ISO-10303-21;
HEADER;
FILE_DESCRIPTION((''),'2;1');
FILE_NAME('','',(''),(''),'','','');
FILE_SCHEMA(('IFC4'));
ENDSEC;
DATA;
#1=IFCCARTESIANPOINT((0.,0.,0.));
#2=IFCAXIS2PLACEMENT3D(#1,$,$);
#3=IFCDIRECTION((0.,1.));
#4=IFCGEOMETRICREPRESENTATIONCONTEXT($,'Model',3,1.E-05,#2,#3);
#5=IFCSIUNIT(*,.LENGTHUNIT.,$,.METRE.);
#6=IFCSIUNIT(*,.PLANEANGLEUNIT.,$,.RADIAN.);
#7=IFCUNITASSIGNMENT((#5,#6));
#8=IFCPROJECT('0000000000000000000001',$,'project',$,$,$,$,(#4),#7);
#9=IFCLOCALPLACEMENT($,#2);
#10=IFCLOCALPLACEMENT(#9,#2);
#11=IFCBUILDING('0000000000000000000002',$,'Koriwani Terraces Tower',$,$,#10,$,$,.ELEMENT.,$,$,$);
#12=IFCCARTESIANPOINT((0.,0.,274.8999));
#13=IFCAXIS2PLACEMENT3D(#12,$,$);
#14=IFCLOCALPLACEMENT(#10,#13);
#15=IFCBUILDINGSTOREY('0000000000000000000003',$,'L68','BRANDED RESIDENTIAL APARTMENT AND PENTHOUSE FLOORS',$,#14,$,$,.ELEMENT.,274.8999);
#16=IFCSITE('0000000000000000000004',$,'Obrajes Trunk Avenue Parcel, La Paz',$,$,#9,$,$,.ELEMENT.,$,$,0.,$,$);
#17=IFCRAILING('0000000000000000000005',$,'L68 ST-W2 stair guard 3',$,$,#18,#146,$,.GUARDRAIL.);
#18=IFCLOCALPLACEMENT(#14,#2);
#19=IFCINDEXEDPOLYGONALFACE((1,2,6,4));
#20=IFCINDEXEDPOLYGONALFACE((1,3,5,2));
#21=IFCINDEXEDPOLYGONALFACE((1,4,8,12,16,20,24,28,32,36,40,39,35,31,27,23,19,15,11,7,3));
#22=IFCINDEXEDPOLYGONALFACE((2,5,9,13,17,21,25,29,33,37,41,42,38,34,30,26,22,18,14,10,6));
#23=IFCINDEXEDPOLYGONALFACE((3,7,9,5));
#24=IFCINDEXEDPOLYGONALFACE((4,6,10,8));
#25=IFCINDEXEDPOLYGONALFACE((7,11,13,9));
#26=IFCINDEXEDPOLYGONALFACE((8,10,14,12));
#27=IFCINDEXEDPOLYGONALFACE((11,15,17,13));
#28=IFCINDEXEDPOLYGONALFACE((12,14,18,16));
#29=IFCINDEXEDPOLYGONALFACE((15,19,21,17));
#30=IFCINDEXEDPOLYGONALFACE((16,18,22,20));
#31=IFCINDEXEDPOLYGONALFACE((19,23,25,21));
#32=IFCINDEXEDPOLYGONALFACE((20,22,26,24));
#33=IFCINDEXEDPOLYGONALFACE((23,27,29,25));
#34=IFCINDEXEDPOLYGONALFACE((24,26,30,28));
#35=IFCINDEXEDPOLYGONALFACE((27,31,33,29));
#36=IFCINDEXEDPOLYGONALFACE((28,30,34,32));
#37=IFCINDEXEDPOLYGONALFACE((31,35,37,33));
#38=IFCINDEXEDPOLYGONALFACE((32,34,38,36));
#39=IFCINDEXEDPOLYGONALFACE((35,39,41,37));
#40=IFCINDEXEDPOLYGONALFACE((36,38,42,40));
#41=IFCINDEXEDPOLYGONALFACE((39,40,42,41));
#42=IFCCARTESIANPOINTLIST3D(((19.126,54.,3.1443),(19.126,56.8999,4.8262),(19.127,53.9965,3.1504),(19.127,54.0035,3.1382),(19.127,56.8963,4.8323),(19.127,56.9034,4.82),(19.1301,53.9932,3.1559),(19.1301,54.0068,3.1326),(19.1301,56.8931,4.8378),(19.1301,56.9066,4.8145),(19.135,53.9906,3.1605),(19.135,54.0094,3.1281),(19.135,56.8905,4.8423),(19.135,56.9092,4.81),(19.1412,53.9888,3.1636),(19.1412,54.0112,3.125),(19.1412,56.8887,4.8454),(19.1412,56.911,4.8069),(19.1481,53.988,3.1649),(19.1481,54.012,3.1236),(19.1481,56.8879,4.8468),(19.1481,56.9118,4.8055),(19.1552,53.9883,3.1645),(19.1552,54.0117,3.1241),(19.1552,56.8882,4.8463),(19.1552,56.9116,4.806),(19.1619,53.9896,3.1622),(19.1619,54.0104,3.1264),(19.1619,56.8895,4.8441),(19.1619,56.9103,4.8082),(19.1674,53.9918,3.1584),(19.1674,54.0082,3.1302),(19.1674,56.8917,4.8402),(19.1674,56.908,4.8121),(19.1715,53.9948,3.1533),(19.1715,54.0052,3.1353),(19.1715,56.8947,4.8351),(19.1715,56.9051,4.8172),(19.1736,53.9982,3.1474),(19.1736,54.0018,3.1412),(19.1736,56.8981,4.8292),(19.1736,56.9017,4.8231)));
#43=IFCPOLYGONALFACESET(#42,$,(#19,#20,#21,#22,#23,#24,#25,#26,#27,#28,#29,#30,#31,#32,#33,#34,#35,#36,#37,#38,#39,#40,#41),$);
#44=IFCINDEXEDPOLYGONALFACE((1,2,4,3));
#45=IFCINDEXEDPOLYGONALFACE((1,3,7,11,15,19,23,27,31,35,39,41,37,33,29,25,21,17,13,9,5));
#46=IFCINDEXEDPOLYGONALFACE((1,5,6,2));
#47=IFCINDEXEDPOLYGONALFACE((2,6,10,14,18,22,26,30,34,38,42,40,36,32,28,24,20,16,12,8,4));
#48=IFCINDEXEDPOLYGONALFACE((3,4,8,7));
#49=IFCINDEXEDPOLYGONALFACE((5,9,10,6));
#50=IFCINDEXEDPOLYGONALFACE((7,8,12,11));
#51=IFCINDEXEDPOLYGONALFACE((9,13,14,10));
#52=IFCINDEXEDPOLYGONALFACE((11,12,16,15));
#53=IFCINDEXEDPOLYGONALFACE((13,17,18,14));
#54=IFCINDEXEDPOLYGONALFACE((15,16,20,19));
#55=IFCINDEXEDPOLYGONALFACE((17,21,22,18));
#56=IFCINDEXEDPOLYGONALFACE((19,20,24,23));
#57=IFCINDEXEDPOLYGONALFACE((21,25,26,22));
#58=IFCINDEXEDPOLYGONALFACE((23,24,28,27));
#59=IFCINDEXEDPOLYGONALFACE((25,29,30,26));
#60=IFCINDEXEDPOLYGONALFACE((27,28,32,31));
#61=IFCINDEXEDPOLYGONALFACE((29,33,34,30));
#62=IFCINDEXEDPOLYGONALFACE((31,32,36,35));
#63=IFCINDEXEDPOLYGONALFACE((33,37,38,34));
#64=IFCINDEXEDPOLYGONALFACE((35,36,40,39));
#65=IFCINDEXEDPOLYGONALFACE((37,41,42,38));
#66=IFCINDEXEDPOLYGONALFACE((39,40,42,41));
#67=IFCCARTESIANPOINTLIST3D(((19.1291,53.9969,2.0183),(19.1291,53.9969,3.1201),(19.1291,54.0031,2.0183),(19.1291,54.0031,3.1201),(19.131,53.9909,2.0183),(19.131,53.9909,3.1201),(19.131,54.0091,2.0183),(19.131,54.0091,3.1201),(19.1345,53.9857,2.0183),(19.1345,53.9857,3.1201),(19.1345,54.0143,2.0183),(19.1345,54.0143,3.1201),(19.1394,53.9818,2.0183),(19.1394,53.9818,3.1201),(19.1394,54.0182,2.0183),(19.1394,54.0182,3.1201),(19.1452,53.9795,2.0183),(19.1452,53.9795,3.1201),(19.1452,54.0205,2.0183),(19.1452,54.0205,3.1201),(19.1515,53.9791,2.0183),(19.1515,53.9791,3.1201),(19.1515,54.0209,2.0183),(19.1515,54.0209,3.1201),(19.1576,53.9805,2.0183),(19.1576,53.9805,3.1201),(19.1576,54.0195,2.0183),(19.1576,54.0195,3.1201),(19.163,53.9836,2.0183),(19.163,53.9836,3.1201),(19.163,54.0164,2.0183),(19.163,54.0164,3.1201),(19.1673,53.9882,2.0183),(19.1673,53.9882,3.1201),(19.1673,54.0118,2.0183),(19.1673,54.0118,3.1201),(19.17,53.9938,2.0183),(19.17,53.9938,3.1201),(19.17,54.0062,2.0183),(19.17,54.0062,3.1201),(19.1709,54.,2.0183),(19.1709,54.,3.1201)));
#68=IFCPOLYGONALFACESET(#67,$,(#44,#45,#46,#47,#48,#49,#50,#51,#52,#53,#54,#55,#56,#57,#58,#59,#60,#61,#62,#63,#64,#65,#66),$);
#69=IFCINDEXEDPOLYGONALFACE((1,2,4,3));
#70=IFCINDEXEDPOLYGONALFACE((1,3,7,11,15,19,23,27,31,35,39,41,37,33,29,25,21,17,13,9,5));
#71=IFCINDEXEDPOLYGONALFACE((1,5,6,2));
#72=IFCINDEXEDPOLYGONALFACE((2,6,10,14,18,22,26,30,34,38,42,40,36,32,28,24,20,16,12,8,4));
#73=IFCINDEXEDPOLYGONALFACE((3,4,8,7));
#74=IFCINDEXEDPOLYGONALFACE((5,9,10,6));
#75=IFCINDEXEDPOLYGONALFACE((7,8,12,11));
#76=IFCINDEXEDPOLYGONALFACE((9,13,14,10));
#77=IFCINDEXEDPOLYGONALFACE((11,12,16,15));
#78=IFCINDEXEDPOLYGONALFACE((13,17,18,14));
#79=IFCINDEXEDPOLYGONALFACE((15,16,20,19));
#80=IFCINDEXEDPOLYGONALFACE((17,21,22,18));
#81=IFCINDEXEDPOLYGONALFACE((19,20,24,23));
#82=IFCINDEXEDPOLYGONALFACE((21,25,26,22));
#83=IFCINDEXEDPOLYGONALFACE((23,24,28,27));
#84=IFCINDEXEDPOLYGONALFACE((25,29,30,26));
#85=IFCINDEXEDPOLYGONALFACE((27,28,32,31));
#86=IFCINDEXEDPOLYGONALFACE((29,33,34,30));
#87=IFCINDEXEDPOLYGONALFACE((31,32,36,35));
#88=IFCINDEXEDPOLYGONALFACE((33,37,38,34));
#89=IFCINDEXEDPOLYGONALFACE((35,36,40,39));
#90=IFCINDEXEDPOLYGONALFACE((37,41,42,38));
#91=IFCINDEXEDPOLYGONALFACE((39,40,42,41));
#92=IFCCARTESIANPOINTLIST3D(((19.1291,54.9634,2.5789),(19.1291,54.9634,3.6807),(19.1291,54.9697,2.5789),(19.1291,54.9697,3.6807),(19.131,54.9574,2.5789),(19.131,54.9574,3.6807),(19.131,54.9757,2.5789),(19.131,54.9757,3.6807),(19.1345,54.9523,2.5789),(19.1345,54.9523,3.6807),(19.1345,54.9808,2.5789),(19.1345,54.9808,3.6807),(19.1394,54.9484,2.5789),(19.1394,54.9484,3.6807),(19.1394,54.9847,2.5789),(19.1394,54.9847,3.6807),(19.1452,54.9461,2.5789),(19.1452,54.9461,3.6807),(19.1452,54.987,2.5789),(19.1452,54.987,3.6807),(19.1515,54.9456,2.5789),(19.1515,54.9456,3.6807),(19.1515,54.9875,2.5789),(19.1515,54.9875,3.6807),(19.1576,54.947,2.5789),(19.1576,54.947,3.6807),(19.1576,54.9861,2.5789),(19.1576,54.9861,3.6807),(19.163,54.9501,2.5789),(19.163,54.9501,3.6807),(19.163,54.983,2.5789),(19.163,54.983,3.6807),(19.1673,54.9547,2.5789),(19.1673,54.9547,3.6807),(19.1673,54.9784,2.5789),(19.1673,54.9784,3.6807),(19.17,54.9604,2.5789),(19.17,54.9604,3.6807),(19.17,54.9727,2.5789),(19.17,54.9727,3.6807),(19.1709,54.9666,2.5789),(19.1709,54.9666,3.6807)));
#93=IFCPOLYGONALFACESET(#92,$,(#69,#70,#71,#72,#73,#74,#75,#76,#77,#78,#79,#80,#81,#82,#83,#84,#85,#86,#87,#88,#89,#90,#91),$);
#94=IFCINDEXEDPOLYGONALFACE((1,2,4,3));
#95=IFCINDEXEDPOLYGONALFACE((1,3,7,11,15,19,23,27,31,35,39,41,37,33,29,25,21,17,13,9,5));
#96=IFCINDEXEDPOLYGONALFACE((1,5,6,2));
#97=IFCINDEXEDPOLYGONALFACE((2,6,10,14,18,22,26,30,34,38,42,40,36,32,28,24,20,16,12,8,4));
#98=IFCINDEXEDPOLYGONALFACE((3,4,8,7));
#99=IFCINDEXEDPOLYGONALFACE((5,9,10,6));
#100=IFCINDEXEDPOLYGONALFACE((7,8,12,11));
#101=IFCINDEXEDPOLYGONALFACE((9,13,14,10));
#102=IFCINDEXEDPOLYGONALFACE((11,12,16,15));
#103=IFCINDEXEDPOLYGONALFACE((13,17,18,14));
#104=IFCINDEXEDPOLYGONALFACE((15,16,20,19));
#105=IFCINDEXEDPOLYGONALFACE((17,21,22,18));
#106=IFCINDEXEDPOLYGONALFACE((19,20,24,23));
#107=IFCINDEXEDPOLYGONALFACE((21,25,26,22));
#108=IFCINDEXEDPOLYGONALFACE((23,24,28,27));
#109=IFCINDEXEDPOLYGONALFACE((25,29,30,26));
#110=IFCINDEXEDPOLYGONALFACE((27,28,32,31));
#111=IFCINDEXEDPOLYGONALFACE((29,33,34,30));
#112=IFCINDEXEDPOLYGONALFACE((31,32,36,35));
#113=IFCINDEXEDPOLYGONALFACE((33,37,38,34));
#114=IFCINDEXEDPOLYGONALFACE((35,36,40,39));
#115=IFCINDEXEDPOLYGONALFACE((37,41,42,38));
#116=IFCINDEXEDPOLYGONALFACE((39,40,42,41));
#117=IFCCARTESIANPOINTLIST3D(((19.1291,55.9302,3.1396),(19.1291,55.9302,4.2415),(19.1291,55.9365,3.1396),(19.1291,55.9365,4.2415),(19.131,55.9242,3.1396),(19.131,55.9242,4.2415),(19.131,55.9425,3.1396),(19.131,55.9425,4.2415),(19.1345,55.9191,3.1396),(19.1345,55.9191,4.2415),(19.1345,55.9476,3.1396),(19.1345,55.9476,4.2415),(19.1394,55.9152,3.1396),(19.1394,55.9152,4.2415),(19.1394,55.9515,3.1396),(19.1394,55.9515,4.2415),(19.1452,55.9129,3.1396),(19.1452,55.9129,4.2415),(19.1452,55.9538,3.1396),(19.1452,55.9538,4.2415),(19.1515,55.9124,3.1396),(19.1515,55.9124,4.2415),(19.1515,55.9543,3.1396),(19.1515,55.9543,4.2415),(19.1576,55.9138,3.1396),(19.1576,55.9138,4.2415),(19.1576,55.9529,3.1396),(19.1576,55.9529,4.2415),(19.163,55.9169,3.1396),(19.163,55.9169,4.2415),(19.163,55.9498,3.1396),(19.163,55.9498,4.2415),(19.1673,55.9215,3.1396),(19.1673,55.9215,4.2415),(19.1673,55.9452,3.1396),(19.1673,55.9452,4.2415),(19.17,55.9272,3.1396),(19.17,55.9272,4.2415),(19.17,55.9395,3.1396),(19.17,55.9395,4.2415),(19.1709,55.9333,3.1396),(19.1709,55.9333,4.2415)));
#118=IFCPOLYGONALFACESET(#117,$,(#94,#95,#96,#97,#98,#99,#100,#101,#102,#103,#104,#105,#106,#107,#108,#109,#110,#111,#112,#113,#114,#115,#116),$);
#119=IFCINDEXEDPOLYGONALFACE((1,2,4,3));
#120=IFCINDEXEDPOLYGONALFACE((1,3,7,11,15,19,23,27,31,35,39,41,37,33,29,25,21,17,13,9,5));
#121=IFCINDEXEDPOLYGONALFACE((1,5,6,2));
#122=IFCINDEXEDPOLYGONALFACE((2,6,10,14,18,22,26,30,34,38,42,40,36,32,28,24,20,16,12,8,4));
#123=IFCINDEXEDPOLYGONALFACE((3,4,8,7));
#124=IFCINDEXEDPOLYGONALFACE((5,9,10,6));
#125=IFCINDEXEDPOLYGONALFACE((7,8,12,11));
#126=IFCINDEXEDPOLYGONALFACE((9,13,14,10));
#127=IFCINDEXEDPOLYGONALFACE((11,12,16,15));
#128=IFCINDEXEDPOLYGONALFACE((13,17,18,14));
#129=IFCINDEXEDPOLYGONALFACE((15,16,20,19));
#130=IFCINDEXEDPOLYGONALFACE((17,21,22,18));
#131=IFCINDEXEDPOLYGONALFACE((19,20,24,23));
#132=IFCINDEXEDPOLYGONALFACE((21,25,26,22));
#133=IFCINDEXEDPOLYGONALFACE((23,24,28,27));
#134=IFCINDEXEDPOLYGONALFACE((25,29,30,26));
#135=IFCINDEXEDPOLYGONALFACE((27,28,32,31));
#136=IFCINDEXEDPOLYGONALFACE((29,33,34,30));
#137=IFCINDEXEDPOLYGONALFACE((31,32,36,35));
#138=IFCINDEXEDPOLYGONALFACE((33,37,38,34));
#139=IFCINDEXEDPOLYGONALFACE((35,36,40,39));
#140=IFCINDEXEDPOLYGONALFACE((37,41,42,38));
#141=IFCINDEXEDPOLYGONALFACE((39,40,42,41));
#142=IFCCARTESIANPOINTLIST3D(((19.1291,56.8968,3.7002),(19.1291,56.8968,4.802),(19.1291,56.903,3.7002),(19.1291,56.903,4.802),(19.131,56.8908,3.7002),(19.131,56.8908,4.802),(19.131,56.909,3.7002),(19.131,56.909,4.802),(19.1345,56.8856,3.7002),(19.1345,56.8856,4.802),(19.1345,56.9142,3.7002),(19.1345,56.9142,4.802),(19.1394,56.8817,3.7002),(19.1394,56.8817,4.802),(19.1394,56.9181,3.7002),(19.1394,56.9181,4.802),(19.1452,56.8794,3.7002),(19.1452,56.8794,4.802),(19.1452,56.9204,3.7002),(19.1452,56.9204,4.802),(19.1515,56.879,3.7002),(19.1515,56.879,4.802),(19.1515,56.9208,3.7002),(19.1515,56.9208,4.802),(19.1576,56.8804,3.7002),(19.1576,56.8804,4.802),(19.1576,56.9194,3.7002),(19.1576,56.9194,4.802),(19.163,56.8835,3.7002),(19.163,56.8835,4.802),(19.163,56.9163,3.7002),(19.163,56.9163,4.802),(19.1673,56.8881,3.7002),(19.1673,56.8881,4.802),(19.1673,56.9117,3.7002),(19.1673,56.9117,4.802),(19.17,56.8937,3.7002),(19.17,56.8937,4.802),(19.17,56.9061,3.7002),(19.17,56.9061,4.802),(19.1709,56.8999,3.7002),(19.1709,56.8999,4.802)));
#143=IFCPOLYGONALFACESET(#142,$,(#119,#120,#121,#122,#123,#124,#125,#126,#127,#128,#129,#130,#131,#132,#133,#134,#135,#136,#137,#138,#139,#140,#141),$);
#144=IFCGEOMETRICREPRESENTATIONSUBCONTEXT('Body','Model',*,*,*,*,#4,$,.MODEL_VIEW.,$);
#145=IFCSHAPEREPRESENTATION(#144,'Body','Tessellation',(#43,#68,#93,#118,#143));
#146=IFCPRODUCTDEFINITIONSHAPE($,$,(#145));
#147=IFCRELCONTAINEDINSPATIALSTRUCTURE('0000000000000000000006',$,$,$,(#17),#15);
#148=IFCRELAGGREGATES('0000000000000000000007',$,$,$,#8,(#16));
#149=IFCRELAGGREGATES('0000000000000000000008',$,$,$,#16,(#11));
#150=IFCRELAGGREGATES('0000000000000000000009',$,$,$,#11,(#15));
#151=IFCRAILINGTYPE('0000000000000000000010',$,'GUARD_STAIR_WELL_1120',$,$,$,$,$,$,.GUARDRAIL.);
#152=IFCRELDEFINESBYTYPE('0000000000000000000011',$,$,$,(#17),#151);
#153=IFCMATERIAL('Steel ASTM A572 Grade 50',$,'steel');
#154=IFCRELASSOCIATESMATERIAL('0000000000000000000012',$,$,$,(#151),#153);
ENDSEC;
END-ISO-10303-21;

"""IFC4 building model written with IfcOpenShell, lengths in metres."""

from ifc_helpers import new_model, si_unit, direction, frame, origin, origin_2d, place, context, subcontext, project, spatial, circle, extrude, material, type_object, element, save


model = new_model("IFC4")

# Units and contexts
model_context = context("Model", 3, precision=1e-05, world=origin(), true_north=direction((0.0, 1.0)))
body_context = subcontext(model_context, "Body", "Model", "MODEL_VIEW")
ifc_project = project(units=[si_unit("LENGTHUNIT", "METRE"), si_unit("PLANEANGLEUNIT", "RADIAN")], contexts=[model_context])

# Site, building, storey
site_placement = place(None, origin())
site = spatial("IfcSite", under=ifc_project, at=site_placement, Name="Obrajes Trunk Avenue Parcel, La Paz", CompositionType="ELEMENT", RefElevation=0.0)
building_placement = place(site_placement, origin())
building = spatial("IfcBuilding", under=site, at=building_placement, Name="Koriwani Terraces Tower", CompositionType="ELEMENT")
storey_placement = place(building_placement, frame((0.0, 0.0, 274.8999)))
storey = spatial("IfcBuildingStorey", under=building, at=storey_placement, Name="L68", Description="BRANDED RESIDENTIAL APARTMENT AND PENTHOUSE FLOORS", CompositionType="ELEMENT", Elevation=274.8999)

# Railing
ifc_material_1 = material(Name="Steel ASTM A572 Grade 50", Category="steel")
railing_type_1 = type_object("IfcRailingType", Name="GUARD_STAIR_WELL_1120", PredefinedType="GUARDRAIL", material=ifc_material_1)
railing_1_placement = place(storey_placement, frame((19.1499, 54.0, 2.0183)))
element("IfcRailing", 1, at=railing_1_placement, inside=storey, type_object=railing_type_1, Name="L68 ST-W2 stair guard 3", PredefinedType="GUARDRAIL", context=body_context, shape_type="SweptSolid", body=[
    extrude(circle(Radius=0.0239, at=origin_2d()), frame((0.0, 0.0, 1.126), z_axis=(0.0, 0.865039, 0.501705), x_axis=(-1.0, 0.0, 0.0)), (0.0, 0.0, 1.0), 3.3523),
    extrude(circle(Radius=0.021, at=origin_2d()), origin(), (0.0, 0.0, 1.0), 1.1018),
    extrude(circle(Radius=0.021, at=origin_2d()), frame((0.0, 0.9666, 0.5605)), (0.0, 0.0, 1.0), 1.1018),
    extrude(circle(Radius=0.021, at=origin_2d()), frame((0.0, 1.9333, 1.1213)), (0.0, 0.0, 1.0), 1.1018),
    extrude(circle(Radius=0.021, at=origin_2d()), frame((0.0, 2.8999, 1.6819)), (0.0, 0.0, 1.0), 1.1018),
])

save(model, "model.ifc")
